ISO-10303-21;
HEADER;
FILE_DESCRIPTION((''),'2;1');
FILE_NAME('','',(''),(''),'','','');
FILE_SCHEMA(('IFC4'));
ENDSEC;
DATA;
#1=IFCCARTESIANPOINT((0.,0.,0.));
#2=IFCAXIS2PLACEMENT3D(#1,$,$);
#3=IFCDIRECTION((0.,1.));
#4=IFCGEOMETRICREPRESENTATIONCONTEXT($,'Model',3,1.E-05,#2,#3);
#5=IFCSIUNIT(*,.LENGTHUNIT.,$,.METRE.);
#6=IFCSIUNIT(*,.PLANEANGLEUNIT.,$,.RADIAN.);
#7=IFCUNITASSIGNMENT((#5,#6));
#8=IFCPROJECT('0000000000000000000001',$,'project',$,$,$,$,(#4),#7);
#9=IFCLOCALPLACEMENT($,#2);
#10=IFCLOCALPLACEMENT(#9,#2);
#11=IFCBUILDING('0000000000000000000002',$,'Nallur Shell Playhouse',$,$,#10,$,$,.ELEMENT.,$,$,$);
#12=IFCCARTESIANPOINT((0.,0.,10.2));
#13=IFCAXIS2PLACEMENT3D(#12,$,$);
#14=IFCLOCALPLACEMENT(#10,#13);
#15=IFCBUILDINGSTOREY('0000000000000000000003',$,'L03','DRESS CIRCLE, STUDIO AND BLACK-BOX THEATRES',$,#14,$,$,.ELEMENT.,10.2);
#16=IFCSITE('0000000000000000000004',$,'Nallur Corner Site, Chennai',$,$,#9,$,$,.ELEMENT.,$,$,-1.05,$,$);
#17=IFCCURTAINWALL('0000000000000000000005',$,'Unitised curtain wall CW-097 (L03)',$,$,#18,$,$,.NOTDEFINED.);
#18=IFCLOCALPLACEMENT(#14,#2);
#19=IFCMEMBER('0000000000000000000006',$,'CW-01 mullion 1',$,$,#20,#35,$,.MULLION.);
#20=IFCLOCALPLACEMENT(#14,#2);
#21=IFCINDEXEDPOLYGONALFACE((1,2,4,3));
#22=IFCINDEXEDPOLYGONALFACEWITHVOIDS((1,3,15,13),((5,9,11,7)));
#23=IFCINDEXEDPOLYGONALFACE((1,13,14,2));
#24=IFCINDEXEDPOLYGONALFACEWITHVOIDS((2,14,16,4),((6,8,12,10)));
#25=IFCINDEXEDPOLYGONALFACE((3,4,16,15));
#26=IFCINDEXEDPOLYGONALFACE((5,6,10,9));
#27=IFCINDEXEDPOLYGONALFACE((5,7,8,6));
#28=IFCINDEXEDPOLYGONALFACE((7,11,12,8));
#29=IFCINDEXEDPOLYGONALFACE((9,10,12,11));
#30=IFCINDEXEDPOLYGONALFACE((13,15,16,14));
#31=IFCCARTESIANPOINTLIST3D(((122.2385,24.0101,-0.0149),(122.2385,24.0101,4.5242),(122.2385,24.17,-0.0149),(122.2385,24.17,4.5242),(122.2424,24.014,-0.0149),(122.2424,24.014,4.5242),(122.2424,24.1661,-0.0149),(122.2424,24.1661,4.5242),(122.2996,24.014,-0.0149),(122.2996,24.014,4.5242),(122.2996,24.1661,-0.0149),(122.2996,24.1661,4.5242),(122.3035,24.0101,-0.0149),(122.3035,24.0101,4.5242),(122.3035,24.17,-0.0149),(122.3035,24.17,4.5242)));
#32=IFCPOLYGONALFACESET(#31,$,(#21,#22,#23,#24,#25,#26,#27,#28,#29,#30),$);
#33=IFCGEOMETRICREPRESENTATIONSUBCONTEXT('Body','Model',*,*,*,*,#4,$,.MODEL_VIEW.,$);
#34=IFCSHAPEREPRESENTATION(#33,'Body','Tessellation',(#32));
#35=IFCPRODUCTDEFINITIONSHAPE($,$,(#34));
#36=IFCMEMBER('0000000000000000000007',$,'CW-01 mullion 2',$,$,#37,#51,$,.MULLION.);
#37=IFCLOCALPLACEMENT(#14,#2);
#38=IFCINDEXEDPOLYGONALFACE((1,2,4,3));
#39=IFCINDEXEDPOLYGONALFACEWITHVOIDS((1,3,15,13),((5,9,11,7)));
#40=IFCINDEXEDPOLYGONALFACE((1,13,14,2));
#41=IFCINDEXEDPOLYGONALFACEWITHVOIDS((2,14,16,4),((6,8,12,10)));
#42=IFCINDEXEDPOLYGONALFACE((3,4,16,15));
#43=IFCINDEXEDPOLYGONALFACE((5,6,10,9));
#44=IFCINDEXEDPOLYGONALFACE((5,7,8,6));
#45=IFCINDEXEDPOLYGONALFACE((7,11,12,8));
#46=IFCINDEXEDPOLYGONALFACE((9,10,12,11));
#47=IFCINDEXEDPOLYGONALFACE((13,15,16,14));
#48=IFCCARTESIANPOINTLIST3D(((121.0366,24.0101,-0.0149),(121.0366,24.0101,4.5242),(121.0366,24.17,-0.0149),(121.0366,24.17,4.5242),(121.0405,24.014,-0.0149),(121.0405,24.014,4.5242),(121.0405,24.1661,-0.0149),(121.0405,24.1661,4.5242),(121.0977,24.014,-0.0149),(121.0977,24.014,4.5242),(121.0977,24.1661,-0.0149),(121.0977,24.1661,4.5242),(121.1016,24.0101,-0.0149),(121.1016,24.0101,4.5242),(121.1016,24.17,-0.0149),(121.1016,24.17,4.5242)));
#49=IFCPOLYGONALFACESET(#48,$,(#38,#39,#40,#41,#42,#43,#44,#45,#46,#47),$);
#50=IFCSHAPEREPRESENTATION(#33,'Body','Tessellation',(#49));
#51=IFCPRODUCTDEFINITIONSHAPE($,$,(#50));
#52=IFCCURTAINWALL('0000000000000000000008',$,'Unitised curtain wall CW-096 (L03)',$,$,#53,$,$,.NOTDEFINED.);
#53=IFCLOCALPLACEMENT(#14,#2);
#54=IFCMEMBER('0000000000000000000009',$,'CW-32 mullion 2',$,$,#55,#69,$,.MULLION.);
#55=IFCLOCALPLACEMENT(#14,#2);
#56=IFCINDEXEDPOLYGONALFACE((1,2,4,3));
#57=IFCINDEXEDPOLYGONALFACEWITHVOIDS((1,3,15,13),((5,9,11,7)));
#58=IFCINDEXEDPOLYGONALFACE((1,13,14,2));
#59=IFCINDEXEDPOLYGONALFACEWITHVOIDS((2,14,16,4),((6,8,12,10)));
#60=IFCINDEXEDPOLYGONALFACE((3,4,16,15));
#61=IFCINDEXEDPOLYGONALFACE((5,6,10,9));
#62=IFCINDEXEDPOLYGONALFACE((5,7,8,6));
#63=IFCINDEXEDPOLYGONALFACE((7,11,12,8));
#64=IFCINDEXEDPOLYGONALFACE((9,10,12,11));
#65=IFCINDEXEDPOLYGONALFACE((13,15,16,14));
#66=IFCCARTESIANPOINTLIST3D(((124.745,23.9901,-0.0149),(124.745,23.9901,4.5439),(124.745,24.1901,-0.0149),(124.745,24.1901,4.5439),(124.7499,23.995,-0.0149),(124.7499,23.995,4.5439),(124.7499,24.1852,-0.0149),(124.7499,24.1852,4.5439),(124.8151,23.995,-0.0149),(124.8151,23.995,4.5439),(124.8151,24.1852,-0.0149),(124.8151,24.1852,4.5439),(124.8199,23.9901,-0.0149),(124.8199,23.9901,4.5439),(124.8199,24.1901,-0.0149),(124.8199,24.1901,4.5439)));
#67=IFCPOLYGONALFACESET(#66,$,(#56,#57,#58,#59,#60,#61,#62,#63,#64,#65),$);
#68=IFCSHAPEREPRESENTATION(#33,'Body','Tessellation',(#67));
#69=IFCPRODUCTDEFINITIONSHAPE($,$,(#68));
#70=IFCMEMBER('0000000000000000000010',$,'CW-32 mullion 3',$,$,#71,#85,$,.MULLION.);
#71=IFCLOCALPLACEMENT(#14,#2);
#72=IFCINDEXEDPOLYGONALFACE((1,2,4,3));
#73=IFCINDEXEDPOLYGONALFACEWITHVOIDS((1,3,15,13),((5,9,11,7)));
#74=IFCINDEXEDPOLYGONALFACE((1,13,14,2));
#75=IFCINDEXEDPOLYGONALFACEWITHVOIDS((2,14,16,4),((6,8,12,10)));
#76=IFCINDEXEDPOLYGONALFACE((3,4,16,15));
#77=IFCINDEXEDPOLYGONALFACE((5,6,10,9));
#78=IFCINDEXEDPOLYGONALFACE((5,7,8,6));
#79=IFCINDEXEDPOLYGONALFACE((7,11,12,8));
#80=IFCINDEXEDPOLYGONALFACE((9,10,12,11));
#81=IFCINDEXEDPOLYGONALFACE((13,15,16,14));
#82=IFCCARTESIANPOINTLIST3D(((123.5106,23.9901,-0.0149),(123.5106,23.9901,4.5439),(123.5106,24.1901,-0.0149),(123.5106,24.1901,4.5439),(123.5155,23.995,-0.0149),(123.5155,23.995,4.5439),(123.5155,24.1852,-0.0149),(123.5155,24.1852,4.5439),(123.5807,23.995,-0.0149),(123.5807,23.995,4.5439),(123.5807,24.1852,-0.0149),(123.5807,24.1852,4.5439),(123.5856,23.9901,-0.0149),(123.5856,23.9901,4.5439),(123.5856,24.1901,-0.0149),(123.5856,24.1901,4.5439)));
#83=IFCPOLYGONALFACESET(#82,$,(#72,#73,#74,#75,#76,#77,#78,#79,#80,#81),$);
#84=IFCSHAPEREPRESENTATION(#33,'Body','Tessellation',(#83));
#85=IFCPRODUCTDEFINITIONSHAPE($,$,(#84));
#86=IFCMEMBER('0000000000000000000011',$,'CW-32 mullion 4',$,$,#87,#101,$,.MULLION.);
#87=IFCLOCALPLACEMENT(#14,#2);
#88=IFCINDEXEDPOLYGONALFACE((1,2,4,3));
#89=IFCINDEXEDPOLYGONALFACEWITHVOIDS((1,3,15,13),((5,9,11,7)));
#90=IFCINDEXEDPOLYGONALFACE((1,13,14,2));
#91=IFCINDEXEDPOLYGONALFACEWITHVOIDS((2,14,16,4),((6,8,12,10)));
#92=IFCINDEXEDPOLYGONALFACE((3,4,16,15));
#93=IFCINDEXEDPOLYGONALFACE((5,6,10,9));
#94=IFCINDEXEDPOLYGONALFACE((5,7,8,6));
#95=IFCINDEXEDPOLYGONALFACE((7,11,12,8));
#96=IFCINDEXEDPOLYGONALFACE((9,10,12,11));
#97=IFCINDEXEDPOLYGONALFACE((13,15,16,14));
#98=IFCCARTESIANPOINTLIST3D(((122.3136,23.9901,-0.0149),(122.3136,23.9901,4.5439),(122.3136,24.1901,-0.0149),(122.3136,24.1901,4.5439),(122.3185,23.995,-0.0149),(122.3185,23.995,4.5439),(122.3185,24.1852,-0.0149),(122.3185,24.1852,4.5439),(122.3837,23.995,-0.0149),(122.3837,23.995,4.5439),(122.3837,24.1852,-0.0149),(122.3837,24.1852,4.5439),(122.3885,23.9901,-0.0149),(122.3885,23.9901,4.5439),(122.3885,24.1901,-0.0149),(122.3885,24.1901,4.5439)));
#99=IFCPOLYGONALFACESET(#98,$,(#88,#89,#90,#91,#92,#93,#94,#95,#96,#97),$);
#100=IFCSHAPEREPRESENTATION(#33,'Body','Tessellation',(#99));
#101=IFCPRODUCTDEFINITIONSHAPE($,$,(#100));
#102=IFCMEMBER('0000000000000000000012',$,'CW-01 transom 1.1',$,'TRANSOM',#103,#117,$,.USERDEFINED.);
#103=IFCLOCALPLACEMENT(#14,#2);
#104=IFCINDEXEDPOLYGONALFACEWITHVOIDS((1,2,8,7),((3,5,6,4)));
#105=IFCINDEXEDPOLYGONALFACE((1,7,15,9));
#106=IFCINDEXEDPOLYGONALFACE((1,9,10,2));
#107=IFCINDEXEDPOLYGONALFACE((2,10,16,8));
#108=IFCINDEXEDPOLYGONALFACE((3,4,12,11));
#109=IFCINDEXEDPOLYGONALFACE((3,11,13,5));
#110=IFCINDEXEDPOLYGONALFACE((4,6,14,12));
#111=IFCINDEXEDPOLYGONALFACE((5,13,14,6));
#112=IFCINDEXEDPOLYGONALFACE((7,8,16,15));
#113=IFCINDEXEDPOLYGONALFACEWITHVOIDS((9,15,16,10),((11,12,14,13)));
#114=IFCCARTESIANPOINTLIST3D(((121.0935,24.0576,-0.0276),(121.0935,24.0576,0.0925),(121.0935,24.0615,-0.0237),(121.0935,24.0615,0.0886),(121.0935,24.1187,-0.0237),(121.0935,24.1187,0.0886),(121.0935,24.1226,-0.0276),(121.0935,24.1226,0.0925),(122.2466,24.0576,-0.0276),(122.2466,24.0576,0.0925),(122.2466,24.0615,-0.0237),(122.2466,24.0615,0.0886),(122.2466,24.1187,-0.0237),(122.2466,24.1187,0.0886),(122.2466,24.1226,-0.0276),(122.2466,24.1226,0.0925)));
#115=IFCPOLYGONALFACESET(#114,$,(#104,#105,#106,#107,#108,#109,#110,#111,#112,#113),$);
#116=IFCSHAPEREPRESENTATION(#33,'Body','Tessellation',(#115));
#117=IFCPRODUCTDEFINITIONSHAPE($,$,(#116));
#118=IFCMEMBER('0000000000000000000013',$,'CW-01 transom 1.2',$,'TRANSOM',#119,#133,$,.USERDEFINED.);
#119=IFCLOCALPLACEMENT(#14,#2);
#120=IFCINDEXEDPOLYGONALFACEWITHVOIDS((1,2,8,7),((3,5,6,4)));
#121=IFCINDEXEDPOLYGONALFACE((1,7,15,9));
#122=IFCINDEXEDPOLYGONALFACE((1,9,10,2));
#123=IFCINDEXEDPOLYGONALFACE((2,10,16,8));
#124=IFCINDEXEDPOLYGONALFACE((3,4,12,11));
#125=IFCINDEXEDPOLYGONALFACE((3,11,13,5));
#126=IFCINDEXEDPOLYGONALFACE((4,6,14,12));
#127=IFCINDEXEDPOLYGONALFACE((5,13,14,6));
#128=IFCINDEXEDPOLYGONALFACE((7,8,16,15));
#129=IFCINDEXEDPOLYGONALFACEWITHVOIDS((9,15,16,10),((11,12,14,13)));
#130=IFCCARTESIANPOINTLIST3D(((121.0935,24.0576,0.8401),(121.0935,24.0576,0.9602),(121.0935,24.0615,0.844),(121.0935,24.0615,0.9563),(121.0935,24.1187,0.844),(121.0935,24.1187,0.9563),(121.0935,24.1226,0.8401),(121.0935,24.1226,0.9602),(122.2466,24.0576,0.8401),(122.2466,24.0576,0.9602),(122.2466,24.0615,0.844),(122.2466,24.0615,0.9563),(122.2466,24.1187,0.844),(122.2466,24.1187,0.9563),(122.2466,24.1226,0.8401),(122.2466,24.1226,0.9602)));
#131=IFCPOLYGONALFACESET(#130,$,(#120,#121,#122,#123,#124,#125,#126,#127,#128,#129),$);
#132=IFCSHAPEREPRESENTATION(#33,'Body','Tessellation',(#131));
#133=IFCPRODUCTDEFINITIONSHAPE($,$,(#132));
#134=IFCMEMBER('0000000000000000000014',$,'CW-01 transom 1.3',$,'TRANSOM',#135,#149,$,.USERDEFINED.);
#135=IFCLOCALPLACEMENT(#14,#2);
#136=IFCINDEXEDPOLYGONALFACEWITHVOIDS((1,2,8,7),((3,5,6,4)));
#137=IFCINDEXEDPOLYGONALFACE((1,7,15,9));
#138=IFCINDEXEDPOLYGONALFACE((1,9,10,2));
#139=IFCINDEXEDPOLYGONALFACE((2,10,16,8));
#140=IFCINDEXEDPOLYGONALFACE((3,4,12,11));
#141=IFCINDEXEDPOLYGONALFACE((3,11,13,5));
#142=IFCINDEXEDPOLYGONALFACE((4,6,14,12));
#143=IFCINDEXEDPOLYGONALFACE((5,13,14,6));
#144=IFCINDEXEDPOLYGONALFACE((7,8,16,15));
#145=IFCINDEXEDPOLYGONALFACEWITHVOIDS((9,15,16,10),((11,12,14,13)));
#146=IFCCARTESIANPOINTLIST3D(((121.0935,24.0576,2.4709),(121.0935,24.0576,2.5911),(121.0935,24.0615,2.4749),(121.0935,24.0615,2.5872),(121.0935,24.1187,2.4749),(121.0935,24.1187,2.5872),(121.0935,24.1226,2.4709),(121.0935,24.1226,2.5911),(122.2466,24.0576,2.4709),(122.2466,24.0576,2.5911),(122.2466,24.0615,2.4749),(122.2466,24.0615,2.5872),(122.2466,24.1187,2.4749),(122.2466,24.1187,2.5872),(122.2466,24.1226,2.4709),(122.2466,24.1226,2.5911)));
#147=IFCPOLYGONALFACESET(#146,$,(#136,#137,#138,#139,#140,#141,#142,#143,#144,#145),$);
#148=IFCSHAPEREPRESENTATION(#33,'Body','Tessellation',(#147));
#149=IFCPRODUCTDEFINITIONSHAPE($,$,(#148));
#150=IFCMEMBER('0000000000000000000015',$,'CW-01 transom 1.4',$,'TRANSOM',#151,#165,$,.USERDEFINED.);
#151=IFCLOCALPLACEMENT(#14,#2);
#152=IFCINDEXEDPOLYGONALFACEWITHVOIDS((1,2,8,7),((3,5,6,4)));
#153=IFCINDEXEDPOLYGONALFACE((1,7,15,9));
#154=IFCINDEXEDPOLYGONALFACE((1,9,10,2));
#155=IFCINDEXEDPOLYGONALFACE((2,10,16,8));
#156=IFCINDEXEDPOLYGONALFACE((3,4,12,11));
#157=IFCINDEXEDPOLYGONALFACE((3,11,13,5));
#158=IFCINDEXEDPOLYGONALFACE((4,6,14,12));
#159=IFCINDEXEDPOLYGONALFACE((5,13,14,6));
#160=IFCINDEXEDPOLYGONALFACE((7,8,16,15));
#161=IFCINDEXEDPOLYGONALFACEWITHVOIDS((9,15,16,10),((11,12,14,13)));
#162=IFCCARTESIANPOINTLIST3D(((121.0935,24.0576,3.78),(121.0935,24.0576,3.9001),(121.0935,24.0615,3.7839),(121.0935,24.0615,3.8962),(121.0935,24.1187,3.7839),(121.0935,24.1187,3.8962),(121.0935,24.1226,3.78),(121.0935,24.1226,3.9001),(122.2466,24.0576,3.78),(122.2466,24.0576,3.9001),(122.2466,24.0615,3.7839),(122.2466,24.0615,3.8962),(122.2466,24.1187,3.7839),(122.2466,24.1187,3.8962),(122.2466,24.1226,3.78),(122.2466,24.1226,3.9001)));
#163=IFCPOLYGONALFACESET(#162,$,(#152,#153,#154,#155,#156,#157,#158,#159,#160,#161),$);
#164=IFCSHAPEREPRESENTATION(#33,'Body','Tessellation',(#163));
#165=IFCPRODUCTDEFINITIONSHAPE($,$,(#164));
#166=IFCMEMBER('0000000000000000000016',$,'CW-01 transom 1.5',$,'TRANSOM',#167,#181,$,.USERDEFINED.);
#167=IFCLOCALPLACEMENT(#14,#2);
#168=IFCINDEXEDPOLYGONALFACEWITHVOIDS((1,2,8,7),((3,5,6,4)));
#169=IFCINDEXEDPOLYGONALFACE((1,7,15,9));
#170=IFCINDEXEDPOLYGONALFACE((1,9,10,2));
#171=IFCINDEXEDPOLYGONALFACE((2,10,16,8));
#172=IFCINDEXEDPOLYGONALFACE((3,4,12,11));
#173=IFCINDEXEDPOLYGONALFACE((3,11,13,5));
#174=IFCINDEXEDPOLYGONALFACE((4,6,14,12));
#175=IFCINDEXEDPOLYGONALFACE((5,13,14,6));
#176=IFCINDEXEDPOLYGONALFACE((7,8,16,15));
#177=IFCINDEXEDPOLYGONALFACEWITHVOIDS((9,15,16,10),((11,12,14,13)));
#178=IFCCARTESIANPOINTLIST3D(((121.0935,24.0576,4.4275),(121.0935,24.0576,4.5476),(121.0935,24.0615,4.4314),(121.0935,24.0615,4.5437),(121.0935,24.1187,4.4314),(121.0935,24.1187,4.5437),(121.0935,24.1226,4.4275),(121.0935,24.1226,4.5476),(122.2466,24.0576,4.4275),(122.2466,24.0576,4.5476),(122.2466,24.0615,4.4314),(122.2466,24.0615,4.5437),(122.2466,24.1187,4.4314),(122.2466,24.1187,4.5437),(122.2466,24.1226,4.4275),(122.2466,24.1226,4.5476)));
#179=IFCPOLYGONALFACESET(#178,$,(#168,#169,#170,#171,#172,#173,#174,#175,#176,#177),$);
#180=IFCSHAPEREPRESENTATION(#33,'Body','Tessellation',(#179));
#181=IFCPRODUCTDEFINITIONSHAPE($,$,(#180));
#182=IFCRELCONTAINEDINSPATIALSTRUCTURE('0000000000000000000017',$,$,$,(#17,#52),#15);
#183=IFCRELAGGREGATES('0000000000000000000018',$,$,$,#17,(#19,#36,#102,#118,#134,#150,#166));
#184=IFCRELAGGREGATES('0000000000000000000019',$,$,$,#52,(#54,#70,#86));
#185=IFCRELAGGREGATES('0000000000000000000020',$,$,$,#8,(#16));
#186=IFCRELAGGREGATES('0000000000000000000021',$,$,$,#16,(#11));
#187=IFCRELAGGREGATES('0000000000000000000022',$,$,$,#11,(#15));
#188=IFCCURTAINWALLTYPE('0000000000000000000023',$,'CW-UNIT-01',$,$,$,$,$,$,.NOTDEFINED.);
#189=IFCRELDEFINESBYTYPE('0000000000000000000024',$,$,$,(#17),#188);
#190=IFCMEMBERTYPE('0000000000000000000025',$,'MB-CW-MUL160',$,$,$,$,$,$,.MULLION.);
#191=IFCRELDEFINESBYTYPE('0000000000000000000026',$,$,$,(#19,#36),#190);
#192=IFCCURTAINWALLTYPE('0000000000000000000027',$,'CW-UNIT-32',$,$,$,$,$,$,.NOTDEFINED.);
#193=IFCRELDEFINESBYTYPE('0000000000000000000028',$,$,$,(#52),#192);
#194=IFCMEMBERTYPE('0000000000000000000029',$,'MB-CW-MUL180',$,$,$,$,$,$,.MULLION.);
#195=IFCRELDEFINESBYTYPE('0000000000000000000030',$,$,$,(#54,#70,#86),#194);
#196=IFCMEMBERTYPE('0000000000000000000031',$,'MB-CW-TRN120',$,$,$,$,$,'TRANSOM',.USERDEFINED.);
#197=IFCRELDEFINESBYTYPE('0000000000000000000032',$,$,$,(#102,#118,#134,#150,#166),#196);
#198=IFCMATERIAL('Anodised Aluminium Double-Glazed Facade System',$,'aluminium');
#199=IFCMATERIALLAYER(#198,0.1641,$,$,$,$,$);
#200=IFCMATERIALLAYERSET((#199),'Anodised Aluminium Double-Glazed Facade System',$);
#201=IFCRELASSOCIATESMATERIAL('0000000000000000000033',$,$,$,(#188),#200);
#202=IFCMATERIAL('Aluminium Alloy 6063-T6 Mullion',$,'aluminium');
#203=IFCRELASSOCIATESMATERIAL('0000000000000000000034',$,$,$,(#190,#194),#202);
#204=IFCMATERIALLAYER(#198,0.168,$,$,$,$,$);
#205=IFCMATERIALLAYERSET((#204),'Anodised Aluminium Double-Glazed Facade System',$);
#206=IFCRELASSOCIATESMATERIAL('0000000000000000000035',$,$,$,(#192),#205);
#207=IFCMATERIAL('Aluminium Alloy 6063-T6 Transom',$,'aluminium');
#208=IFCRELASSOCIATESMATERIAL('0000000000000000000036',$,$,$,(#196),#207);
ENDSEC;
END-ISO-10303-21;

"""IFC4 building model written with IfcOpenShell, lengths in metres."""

from ifc_helpers import new_model, si_unit, direction, frame, origin, origin_2d, place, context, subcontext, project, spatial, hollow_rectangle, extrude, material, layer, layer_set, material_profile, profile_set, type_object, element, aggregate, save


model = new_model("IFC4")

# Units and contexts
model_context = context("Model", 3, precision=1e-05, world=origin(), true_north=direction((0.0, 1.0)))
body_context = subcontext(model_context, "Body", "Model", "MODEL_VIEW")
ifc_project = project(units=[si_unit("LENGTHUNIT", "METRE"), si_unit("PLANEANGLEUNIT", "RADIAN")], contexts=[model_context])

# Site, building, storey
site_placement = place(None, origin())
site = spatial("IfcSite", under=ifc_project, at=site_placement, Name="Nallur Corner Site, Chennai", CompositionType="ELEMENT", RefElevation=-1.05)
building_placement = place(site_placement, origin())
building = spatial("IfcBuilding", under=site, at=building_placement, Name="Nallur Shell Playhouse", CompositionType="ELEMENT")
storey_placement = place(building_placement, frame((0.0, 0.0, 10.2)))
storey = spatial("IfcBuildingStorey", under=building, at=storey_placement, Name="L03", Description="DRESS CIRCLE, STUDIO AND BLACK-BOX THEATRES", CompositionType="ELEMENT", Elevation=10.2)

# Curtain walls, members
ifc_material_1 = material(Name="Anodised Aluminium Double-Glazed Facade System", Category="aluminium")
ifc_layer_1 = layer(ifc_material_1, 0.1641)
ifc_layer_set_1 = layer_set([ifc_layer_1], Name="Anodised Aluminium Double-Glazed Facade System")
curtain_wall_type_1 = type_object("IfcCurtainWallType", Name="CW-UNIT-01", PredefinedType="NOTDEFINED", material=ifc_layer_set_1)
curtain_wall_1_placement = place(storey_placement, origin())
curtain_wall_1 = element("IfcCurtainWall", 1, at=curtain_wall_1_placement, inside=storey, type_object=curtain_wall_type_1, Name="Unitised curtain wall CW-097 (L03)", PredefinedType="NOTDEFINED")
ifc_material_2 = material(Name="Aluminium Alloy 6063-T6 Mullion", Category="aluminium")
ifc_material_profile_1 = material_profile(ifc_material_2, hollow_rectangle(XDim=0.0649, YDim=0.1599, WallThickness=0.0039, at=origin_2d()), Name="ALU 65x160x4")
ifc_profile_set_1 = profile_set([ifc_material_profile_1], Name="Aluminium Alloy 6063-T6 Mullion")
member_type_1 = type_object("IfcMemberType", Name="MB-CW-MUL160", PredefinedType="MULLION", material=ifc_profile_set_1)
member_1_placement = place(storey_placement, frame((122.271, 24.0901, -0.0149), z_axis=(0.0, 0.0, 1.0), x_axis=(-1.0, 0.0, 0.0)))
member_1 = element("IfcMember", 2, at=member_1_placement, type_object=member_type_1, Name="CW-01 mullion 1", PredefinedType="MULLION", context=body_context, shape_type="SweptSolid", body=[
    extrude(hollow_rectangle(XDim=0.0649, YDim=0.1599, WallThickness=0.0039, at=origin_2d()), origin(), (0.0, 0.0, 1.0), 4.5391),
])
member_2_placement = place(storey_placement, frame((121.0691, 24.0901, -0.0149), z_axis=(0.0, 0.0, 1.0), x_axis=(-1.0, 0.0, 0.0)))
member_2 = element("IfcMember", 3, at=member_2_placement, type_object=member_type_1, Name="CW-01 mullion 2", PredefinedType="MULLION", context=body_context, shape_type="SweptSolid", body=[
    extrude(hollow_rectangle(XDim=0.0649, YDim=0.1599, WallThickness=0.0039, at=origin_2d()), origin(), (0.0, 0.0, 1.0), 4.5391),
])
ifc_layer_2 = layer(ifc_material_1, 0.168)
ifc_layer_set_2 = layer_set([ifc_layer_2], Name="Anodised Aluminium Double-Glazed Facade System")
curtain_wall_type_2 = type_object("IfcCurtainWallType", Name="CW-UNIT-32", PredefinedType="NOTDEFINED", material=ifc_layer_set_2)
curtain_wall_2_placement = place(storey_placement, origin())
curtain_wall_2 = element("IfcCurtainWall", 4, at=curtain_wall_2_placement, inside=storey, type_object=curtain_wall_type_2, Name="Unitised curtain wall CW-096 (L03)", PredefinedType="NOTDEFINED")
ifc_material_profile_2 = material_profile(ifc_material_2, hollow_rectangle(XDim=0.075, YDim=0.2, WallThickness=0.0049, at=origin_2d()), Name="ALU 75x200x5")
ifc_profile_set_2 = profile_set([ifc_material_profile_2], Name="Aluminium Alloy 6063-T6 Mullion")
member_type_2 = type_object("IfcMemberType", Name="MB-CW-MUL180", PredefinedType="MULLION", material=ifc_profile_set_2)
member_3_placement = place(storey_placement, frame((124.7825, 24.0901, -0.0149), z_axis=(0.0, 0.0, 1.0), x_axis=(-1.0, 0.0, 0.0)))
member_3 = element("IfcMember", 5, at=member_3_placement, type_object=member_type_2, Name="CW-32 mullion 2", PredefinedType="MULLION", context=body_context, shape_type="SweptSolid", body=[
    extrude(hollow_rectangle(XDim=0.075, YDim=0.2, WallThickness=0.0049, at=origin_2d()), origin(), (0.0, 0.0, 1.0), 4.5588),
])
member_4_placement = place(storey_placement, frame((123.5481, 24.0901, -0.0149), z_axis=(0.0, 0.0, 1.0), x_axis=(-1.0, 0.0, 0.0)))
member_4 = element("IfcMember", 6, at=member_4_placement, type_object=member_type_2, Name="CW-32 mullion 3", PredefinedType="MULLION", context=body_context, shape_type="SweptSolid", body=[
    extrude(hollow_rectangle(XDim=0.075, YDim=0.2, WallThickness=0.0049, at=origin_2d()), origin(), (0.0, 0.0, 1.0), 4.5588),
])
member_5_placement = place(storey_placement, frame((122.3511, 24.0901, -0.0149), z_axis=(0.0, 0.0, 1.0), x_axis=(-1.0, 0.0, 0.0)))
member_5 = element("IfcMember", 7, at=member_5_placement, type_object=member_type_2, Name="CW-32 mullion 4", PredefinedType="MULLION", context=body_context, shape_type="SweptSolid", body=[
    extrude(hollow_rectangle(XDim=0.075, YDim=0.2, WallThickness=0.0049, at=origin_2d()), origin(), (0.0, 0.0, 1.0), 4.5588),
])

# Members
ifc_material_3 = material(Name="Aluminium Alloy 6063-T6 Transom", Category="aluminium")
ifc_material_profile_3 = material_profile(ifc_material_3, hollow_rectangle(XDim=0.0649, YDim=0.1201, WallThickness=0.0039, at=origin_2d()), Name="ALU 65x120x4")
ifc_profile_set_3 = profile_set([ifc_material_profile_3], Name="Aluminium Alloy 6063-T6 Transom")
member_type_3 = type_object("IfcMemberType", Name="MB-CW-TRN120", ElementType="TRANSOM", PredefinedType="USERDEFINED", material=ifc_profile_set_3)
member_6_placement = place(storey_placement, frame((122.2466, 24.0901, 0.0325), z_axis=(-1.0, 0.0, 0.0), x_axis=(0.0, -1.0, 0.0)))
member_6 = element("IfcMember", 8, at=member_6_placement, type_object=member_type_3, Name="CW-01 transom 1.1", ObjectType="TRANSOM", PredefinedType="USERDEFINED", context=body_context, shape_type="SweptSolid", body=[
    extrude(hollow_rectangle(XDim=0.0649, YDim=0.1201, WallThickness=0.0039, at=origin_2d()), origin(), (0.0, 0.0, 1.0), 1.1531),
])
member_7_placement = place(storey_placement, frame((122.2466, 24.0901, 0.9001), z_axis=(-1.0, 0.0, 0.0), x_axis=(0.0, -1.0, 0.0)))
member_7 = element("IfcMember", 9, at=member_7_placement, type_object=member_type_3, Name="CW-01 transom 1.2", ObjectType="TRANSOM", PredefinedType="USERDEFINED", context=body_context, shape_type="SweptSolid", body=[
    extrude(hollow_rectangle(XDim=0.0649, YDim=0.1201, WallThickness=0.0039, at=origin_2d()), origin(), (0.0, 0.0, 1.0), 1.1531),
])
member_8_placement = place(storey_placement, frame((122.2466, 24.0901, 2.531), z_axis=(-1.0, 0.0, 0.0), x_axis=(0.0, -1.0, 0.0)))
member_8 = element("IfcMember", 10, at=member_8_placement, type_object=member_type_3, Name="CW-01 transom 1.3", ObjectType="TRANSOM", PredefinedType="USERDEFINED", context=body_context, shape_type="SweptSolid", body=[
    extrude(hollow_rectangle(XDim=0.0649, YDim=0.1201, WallThickness=0.0039, at=origin_2d()), origin(), (0.0, 0.0, 1.0), 1.1531),
])
member_9_placement = place(storey_placement, frame((122.2466, 24.0901, 3.8401), z_axis=(-1.0, 0.0, 0.0), x_axis=(0.0, -1.0, 0.0)))
member_9 = element("IfcMember", 11, at=member_9_placement, type_object=member_type_3, Name="CW-01 transom 1.4", ObjectType="TRANSOM", PredefinedType="USERDEFINED", context=body_context, shape_type="SweptSolid", body=[
    extrude(hollow_rectangle(XDim=0.0649, YDim=0.1201, WallThickness=0.0039, at=origin_2d()), origin(), (0.0, 0.0, 1.0), 1.1531),
])
member_10_placement = place(storey_placement, frame((122.2466, 24.0901, 4.4875), z_axis=(-1.0, 0.0, 0.0), x_axis=(0.0, -1.0, 0.0)))
member_10 = element("IfcMember", 12, at=member_10_placement, type_object=member_type_3, Name="CW-01 transom 1.5", ObjectType="TRANSOM", PredefinedType="USERDEFINED", context=body_context, shape_type="SweptSolid", body=[
    extrude(hollow_rectangle(XDim=0.0649, YDim=0.1201, WallThickness=0.0039, at=origin_2d()), origin(), (0.0, 0.0, 1.0), 1.1531),
])

aggregate(curtain_wall_1, [member_1, member_2, member_6, member_7, member_8, member_9, member_10])
aggregate(curtain_wall_2, [member_3, member_4, member_5])

save(model, "model.ifc")
